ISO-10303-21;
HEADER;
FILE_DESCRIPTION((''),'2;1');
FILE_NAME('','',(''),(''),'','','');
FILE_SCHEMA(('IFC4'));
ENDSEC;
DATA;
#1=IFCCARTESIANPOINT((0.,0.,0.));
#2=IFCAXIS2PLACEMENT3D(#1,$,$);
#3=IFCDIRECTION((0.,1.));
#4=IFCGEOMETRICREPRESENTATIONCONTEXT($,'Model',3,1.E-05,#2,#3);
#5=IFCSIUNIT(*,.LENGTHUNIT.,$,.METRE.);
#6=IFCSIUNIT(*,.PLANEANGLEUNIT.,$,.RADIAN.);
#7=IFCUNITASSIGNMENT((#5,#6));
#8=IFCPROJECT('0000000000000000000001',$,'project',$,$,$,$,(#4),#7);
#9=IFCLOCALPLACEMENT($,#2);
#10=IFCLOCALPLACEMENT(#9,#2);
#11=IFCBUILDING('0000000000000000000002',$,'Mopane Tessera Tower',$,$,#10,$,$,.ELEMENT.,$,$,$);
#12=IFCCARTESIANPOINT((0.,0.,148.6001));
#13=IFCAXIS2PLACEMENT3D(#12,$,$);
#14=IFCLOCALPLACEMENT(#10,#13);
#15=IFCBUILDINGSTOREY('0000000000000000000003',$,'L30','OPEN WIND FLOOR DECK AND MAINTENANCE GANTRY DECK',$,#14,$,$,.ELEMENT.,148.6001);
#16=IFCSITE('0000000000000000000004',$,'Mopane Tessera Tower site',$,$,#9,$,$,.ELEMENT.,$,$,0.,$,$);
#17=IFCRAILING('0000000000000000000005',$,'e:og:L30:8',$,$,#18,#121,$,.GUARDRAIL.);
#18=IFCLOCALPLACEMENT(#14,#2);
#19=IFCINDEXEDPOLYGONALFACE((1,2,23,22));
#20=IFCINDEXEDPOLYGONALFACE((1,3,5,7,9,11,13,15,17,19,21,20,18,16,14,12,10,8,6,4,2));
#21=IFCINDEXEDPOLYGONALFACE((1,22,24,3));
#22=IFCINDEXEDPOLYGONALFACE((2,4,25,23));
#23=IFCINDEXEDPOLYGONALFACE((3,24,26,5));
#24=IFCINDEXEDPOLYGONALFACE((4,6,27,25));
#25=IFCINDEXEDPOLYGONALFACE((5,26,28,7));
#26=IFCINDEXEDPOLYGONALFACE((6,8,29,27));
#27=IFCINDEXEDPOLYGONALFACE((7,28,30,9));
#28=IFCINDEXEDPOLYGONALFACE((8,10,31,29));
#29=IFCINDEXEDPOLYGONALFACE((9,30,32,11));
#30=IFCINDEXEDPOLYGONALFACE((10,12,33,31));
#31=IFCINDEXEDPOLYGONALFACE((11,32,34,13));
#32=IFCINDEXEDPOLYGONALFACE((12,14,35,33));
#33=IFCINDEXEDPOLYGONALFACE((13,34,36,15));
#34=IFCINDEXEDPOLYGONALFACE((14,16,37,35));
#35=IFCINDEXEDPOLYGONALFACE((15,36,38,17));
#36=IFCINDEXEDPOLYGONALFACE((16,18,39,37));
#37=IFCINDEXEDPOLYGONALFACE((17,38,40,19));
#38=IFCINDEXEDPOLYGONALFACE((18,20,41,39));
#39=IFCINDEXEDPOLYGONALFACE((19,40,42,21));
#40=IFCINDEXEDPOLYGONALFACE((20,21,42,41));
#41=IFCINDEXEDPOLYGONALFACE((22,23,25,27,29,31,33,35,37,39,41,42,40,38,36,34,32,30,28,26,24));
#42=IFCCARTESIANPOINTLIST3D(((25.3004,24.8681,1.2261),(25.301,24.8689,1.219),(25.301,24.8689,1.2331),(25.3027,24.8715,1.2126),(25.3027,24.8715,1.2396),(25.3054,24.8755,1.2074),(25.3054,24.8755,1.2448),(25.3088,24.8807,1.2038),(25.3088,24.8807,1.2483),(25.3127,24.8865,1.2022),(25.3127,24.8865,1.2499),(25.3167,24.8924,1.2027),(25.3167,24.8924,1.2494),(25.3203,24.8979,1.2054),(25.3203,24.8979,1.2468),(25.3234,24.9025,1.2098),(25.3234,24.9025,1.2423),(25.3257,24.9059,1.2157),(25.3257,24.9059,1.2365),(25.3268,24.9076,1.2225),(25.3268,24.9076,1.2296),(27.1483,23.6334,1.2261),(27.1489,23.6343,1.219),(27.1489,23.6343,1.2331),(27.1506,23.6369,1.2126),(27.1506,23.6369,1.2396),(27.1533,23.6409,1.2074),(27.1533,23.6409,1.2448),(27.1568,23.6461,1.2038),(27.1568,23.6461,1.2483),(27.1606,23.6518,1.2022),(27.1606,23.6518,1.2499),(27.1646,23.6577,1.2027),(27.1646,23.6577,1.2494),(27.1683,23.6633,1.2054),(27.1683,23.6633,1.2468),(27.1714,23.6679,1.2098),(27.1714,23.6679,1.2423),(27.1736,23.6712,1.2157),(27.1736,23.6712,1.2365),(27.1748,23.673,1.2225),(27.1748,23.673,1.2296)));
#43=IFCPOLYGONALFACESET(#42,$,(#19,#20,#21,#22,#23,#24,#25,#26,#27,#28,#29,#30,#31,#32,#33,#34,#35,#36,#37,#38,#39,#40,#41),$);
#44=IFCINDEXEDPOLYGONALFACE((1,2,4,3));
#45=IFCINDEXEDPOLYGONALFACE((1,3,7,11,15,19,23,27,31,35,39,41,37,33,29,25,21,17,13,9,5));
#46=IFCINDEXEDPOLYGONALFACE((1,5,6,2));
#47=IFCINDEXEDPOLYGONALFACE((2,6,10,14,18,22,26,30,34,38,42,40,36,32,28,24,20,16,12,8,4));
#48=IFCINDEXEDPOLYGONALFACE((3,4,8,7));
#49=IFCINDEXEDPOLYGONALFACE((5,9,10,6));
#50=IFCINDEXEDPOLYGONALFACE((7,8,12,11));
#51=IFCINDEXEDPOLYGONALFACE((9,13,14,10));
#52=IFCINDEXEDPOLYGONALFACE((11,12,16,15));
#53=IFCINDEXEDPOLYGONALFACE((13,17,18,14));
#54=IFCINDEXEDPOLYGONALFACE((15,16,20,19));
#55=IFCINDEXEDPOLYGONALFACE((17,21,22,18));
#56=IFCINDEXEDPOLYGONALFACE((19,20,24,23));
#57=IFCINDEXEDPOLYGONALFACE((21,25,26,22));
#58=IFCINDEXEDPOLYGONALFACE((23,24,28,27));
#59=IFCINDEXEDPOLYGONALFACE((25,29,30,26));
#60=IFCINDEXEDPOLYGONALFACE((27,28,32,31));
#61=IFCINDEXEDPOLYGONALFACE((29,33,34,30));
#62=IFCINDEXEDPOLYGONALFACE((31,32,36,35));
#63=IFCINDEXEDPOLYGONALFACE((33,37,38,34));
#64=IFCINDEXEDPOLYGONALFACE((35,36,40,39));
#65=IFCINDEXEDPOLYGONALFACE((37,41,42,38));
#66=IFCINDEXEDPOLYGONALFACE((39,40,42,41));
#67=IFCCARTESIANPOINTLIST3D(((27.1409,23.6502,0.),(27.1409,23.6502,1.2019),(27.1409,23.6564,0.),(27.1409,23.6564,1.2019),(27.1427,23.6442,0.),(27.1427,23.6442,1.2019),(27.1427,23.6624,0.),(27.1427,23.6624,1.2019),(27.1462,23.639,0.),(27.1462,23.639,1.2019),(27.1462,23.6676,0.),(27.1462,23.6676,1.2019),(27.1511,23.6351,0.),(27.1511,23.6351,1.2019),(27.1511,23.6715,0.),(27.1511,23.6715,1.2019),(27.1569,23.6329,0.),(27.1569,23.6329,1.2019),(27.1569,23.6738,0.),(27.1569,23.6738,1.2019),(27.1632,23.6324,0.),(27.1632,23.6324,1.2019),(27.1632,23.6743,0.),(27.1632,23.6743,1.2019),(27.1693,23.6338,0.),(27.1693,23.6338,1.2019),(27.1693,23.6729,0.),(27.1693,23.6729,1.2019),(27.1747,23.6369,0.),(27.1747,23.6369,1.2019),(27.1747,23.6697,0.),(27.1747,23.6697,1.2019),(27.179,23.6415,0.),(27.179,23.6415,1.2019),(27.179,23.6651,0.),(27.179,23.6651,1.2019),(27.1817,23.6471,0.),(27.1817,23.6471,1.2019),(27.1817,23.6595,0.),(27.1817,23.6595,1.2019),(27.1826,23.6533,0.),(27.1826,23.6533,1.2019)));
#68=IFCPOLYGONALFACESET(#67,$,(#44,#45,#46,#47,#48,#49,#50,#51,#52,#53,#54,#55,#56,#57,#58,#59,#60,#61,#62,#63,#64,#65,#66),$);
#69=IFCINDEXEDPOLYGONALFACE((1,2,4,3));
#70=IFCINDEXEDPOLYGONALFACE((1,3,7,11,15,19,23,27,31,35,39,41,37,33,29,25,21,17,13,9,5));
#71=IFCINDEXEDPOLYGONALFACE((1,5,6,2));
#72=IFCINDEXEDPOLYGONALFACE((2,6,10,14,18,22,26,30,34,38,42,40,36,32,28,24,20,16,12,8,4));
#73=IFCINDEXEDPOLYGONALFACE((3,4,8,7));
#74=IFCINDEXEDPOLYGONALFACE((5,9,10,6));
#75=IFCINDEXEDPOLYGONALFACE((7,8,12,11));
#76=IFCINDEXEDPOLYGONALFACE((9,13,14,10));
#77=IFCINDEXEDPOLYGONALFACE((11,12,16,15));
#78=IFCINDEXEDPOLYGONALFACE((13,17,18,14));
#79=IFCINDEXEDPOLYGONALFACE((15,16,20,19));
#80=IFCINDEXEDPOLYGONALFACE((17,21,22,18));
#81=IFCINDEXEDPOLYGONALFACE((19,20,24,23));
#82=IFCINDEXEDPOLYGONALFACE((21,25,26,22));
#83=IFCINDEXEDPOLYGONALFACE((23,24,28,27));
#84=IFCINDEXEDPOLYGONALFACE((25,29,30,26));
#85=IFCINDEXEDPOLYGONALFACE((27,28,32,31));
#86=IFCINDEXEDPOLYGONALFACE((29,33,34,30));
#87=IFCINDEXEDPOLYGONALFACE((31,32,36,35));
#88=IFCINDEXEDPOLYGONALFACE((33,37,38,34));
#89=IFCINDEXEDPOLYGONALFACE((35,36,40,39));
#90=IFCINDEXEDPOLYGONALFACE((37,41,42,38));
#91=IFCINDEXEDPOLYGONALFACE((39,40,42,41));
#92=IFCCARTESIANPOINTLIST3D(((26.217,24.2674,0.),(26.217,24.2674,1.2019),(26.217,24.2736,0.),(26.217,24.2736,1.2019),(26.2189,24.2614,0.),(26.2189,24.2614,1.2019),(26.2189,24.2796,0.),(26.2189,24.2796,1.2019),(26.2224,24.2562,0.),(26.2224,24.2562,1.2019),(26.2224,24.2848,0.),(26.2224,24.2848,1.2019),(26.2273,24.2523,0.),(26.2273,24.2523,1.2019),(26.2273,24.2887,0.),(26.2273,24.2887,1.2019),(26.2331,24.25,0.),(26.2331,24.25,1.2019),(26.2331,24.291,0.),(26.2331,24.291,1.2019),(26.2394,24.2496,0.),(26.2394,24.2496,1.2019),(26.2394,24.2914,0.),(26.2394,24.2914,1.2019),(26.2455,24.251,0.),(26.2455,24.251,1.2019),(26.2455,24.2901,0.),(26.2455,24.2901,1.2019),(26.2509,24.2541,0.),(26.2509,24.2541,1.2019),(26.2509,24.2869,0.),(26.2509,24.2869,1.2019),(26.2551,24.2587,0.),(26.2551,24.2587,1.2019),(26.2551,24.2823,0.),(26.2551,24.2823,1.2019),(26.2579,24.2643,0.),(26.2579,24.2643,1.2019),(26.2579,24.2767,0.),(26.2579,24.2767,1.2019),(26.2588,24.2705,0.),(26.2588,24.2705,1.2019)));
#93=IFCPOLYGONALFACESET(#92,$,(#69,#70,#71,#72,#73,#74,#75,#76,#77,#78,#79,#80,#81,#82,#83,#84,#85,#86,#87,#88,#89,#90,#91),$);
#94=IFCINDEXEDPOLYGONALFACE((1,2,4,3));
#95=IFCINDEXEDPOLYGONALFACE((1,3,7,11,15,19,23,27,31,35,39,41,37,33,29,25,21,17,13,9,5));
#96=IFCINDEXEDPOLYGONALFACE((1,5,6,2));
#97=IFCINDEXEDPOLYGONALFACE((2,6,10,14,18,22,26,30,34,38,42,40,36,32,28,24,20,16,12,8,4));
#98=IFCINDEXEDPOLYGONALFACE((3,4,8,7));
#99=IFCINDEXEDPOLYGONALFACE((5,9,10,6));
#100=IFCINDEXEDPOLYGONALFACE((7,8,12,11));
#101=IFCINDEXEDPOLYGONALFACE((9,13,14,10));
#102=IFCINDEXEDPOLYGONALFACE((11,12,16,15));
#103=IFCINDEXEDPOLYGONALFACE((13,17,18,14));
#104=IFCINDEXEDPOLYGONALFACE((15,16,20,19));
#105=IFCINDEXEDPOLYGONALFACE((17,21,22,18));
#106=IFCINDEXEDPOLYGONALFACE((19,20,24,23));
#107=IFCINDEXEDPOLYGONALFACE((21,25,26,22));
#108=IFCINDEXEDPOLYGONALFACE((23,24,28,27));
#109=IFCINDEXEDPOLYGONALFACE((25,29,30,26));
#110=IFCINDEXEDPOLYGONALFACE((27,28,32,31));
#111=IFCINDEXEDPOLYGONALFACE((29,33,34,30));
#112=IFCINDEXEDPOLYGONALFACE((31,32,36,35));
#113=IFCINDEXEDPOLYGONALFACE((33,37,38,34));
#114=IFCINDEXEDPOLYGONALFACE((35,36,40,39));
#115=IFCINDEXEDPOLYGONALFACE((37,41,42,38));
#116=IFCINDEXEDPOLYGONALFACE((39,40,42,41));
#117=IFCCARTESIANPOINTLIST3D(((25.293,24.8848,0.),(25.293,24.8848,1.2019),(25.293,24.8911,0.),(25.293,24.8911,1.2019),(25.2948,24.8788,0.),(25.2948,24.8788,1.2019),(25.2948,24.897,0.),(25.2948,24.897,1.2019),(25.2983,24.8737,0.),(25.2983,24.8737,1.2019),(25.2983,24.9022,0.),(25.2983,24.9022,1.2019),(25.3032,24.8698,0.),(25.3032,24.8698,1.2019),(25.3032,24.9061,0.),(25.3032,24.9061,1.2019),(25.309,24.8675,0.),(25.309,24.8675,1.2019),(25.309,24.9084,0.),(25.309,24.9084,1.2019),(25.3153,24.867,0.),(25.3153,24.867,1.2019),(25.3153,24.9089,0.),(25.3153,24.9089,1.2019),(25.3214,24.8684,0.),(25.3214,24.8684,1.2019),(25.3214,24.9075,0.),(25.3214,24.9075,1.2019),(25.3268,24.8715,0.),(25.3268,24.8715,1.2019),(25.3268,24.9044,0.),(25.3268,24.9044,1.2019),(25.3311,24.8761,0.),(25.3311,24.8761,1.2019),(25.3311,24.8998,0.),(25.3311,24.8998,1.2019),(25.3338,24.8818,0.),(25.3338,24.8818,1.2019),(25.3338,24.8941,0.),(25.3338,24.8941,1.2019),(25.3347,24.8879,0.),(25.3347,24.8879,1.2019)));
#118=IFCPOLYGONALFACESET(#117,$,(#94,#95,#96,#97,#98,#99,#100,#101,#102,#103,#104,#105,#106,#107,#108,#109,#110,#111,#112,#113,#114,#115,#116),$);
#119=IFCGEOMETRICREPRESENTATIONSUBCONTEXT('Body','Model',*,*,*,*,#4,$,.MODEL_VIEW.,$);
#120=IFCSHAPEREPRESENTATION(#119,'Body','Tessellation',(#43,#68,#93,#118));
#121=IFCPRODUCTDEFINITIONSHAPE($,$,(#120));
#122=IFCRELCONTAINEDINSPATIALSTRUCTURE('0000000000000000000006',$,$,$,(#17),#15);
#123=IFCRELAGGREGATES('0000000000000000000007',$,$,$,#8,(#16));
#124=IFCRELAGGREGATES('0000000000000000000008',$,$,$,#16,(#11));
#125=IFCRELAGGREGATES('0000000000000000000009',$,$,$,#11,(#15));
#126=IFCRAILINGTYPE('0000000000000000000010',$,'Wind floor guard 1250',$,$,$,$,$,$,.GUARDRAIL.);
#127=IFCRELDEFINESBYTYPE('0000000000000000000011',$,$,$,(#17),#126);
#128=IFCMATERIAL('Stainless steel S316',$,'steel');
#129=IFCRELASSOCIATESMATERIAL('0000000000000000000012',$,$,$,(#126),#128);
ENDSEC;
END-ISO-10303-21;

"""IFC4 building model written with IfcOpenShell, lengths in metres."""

from ifc_helpers import new_model, si_unit, direction, frame, origin, origin_2d, place, context, subcontext, project, spatial, circle, extrude, material, type_object, element, save


model = new_model("IFC4")

# Units and contexts
model_context = context("Model", 3, precision=1e-05, world=origin(), true_north=direction((0.0, 1.0)))
body_context = subcontext(model_context, "Body", "Model", "MODEL_VIEW")
ifc_project = project(units=[si_unit("LENGTHUNIT", "METRE"), si_unit("PLANEANGLEUNIT", "RADIAN")], contexts=[model_context])

# Site, building, storey
site_placement = place(None, origin())
site = spatial("IfcSite", under=ifc_project, at=site_placement, Name="Mopane Tessera Tower site", CompositionType="ELEMENT", RefElevation=0.0)
building_placement = place(site_placement, origin())
building = spatial("IfcBuilding", under=site, at=building_placement, Name="Mopane Tessera Tower", CompositionType="ELEMENT")
storey_placement = place(building_placement, frame((0.0, 0.0, 148.6001)))
storey = spatial("IfcBuildingStorey", under=building, at=storey_placement, Name="L30", Description="OPEN WIND FLOOR DECK AND MAINTENANCE GANTRY DECK", CompositionType="ELEMENT", Elevation=148.6001)

# Railing
ifc_material_1 = material(Name="Stainless steel S316", Category="steel")
railing_type = type_object("IfcRailingType", Name="Wind floor guard 1250", PredefinedType="GUARDRAIL", material=ifc_material_1)
railing_1_placement = place(storey_placement, frame((27.1616, 23.6533, 0.0)))
element("IfcRailing", 1, at=railing_1_placement, inside=storey, type_object=railing_type, Name="e:og:L30:8", PredefinedType="GUARDRAIL", context=body_context, shape_type="SweptSolid", body=[
    extrude(circle(Radius=0.0239, at=origin_2d()), frame((0.0, 0.0, 1.2261), z_axis=(-0.831492, 0.555537, 0.0), x_axis=(-0.555537, -0.831492, 0.0)), (0.0, 0.0, 1.0), 2.2224),
    extrude(circle(Radius=0.021, at=origin_2d()), origin(), (0.0, 0.0, 1.0), 1.2019),
    extrude(circle(Radius=0.021, at=origin_2d()), frame((-0.9238, 0.6172, 0.0)), (0.0, 0.0, 1.0), 1.2019),
    extrude(circle(Radius=0.021, at=origin_2d()), frame((-1.8479, 1.2346, 0.0)), (0.0, 0.0, 1.0), 1.2019),
])

save(model, "model.ifc")
